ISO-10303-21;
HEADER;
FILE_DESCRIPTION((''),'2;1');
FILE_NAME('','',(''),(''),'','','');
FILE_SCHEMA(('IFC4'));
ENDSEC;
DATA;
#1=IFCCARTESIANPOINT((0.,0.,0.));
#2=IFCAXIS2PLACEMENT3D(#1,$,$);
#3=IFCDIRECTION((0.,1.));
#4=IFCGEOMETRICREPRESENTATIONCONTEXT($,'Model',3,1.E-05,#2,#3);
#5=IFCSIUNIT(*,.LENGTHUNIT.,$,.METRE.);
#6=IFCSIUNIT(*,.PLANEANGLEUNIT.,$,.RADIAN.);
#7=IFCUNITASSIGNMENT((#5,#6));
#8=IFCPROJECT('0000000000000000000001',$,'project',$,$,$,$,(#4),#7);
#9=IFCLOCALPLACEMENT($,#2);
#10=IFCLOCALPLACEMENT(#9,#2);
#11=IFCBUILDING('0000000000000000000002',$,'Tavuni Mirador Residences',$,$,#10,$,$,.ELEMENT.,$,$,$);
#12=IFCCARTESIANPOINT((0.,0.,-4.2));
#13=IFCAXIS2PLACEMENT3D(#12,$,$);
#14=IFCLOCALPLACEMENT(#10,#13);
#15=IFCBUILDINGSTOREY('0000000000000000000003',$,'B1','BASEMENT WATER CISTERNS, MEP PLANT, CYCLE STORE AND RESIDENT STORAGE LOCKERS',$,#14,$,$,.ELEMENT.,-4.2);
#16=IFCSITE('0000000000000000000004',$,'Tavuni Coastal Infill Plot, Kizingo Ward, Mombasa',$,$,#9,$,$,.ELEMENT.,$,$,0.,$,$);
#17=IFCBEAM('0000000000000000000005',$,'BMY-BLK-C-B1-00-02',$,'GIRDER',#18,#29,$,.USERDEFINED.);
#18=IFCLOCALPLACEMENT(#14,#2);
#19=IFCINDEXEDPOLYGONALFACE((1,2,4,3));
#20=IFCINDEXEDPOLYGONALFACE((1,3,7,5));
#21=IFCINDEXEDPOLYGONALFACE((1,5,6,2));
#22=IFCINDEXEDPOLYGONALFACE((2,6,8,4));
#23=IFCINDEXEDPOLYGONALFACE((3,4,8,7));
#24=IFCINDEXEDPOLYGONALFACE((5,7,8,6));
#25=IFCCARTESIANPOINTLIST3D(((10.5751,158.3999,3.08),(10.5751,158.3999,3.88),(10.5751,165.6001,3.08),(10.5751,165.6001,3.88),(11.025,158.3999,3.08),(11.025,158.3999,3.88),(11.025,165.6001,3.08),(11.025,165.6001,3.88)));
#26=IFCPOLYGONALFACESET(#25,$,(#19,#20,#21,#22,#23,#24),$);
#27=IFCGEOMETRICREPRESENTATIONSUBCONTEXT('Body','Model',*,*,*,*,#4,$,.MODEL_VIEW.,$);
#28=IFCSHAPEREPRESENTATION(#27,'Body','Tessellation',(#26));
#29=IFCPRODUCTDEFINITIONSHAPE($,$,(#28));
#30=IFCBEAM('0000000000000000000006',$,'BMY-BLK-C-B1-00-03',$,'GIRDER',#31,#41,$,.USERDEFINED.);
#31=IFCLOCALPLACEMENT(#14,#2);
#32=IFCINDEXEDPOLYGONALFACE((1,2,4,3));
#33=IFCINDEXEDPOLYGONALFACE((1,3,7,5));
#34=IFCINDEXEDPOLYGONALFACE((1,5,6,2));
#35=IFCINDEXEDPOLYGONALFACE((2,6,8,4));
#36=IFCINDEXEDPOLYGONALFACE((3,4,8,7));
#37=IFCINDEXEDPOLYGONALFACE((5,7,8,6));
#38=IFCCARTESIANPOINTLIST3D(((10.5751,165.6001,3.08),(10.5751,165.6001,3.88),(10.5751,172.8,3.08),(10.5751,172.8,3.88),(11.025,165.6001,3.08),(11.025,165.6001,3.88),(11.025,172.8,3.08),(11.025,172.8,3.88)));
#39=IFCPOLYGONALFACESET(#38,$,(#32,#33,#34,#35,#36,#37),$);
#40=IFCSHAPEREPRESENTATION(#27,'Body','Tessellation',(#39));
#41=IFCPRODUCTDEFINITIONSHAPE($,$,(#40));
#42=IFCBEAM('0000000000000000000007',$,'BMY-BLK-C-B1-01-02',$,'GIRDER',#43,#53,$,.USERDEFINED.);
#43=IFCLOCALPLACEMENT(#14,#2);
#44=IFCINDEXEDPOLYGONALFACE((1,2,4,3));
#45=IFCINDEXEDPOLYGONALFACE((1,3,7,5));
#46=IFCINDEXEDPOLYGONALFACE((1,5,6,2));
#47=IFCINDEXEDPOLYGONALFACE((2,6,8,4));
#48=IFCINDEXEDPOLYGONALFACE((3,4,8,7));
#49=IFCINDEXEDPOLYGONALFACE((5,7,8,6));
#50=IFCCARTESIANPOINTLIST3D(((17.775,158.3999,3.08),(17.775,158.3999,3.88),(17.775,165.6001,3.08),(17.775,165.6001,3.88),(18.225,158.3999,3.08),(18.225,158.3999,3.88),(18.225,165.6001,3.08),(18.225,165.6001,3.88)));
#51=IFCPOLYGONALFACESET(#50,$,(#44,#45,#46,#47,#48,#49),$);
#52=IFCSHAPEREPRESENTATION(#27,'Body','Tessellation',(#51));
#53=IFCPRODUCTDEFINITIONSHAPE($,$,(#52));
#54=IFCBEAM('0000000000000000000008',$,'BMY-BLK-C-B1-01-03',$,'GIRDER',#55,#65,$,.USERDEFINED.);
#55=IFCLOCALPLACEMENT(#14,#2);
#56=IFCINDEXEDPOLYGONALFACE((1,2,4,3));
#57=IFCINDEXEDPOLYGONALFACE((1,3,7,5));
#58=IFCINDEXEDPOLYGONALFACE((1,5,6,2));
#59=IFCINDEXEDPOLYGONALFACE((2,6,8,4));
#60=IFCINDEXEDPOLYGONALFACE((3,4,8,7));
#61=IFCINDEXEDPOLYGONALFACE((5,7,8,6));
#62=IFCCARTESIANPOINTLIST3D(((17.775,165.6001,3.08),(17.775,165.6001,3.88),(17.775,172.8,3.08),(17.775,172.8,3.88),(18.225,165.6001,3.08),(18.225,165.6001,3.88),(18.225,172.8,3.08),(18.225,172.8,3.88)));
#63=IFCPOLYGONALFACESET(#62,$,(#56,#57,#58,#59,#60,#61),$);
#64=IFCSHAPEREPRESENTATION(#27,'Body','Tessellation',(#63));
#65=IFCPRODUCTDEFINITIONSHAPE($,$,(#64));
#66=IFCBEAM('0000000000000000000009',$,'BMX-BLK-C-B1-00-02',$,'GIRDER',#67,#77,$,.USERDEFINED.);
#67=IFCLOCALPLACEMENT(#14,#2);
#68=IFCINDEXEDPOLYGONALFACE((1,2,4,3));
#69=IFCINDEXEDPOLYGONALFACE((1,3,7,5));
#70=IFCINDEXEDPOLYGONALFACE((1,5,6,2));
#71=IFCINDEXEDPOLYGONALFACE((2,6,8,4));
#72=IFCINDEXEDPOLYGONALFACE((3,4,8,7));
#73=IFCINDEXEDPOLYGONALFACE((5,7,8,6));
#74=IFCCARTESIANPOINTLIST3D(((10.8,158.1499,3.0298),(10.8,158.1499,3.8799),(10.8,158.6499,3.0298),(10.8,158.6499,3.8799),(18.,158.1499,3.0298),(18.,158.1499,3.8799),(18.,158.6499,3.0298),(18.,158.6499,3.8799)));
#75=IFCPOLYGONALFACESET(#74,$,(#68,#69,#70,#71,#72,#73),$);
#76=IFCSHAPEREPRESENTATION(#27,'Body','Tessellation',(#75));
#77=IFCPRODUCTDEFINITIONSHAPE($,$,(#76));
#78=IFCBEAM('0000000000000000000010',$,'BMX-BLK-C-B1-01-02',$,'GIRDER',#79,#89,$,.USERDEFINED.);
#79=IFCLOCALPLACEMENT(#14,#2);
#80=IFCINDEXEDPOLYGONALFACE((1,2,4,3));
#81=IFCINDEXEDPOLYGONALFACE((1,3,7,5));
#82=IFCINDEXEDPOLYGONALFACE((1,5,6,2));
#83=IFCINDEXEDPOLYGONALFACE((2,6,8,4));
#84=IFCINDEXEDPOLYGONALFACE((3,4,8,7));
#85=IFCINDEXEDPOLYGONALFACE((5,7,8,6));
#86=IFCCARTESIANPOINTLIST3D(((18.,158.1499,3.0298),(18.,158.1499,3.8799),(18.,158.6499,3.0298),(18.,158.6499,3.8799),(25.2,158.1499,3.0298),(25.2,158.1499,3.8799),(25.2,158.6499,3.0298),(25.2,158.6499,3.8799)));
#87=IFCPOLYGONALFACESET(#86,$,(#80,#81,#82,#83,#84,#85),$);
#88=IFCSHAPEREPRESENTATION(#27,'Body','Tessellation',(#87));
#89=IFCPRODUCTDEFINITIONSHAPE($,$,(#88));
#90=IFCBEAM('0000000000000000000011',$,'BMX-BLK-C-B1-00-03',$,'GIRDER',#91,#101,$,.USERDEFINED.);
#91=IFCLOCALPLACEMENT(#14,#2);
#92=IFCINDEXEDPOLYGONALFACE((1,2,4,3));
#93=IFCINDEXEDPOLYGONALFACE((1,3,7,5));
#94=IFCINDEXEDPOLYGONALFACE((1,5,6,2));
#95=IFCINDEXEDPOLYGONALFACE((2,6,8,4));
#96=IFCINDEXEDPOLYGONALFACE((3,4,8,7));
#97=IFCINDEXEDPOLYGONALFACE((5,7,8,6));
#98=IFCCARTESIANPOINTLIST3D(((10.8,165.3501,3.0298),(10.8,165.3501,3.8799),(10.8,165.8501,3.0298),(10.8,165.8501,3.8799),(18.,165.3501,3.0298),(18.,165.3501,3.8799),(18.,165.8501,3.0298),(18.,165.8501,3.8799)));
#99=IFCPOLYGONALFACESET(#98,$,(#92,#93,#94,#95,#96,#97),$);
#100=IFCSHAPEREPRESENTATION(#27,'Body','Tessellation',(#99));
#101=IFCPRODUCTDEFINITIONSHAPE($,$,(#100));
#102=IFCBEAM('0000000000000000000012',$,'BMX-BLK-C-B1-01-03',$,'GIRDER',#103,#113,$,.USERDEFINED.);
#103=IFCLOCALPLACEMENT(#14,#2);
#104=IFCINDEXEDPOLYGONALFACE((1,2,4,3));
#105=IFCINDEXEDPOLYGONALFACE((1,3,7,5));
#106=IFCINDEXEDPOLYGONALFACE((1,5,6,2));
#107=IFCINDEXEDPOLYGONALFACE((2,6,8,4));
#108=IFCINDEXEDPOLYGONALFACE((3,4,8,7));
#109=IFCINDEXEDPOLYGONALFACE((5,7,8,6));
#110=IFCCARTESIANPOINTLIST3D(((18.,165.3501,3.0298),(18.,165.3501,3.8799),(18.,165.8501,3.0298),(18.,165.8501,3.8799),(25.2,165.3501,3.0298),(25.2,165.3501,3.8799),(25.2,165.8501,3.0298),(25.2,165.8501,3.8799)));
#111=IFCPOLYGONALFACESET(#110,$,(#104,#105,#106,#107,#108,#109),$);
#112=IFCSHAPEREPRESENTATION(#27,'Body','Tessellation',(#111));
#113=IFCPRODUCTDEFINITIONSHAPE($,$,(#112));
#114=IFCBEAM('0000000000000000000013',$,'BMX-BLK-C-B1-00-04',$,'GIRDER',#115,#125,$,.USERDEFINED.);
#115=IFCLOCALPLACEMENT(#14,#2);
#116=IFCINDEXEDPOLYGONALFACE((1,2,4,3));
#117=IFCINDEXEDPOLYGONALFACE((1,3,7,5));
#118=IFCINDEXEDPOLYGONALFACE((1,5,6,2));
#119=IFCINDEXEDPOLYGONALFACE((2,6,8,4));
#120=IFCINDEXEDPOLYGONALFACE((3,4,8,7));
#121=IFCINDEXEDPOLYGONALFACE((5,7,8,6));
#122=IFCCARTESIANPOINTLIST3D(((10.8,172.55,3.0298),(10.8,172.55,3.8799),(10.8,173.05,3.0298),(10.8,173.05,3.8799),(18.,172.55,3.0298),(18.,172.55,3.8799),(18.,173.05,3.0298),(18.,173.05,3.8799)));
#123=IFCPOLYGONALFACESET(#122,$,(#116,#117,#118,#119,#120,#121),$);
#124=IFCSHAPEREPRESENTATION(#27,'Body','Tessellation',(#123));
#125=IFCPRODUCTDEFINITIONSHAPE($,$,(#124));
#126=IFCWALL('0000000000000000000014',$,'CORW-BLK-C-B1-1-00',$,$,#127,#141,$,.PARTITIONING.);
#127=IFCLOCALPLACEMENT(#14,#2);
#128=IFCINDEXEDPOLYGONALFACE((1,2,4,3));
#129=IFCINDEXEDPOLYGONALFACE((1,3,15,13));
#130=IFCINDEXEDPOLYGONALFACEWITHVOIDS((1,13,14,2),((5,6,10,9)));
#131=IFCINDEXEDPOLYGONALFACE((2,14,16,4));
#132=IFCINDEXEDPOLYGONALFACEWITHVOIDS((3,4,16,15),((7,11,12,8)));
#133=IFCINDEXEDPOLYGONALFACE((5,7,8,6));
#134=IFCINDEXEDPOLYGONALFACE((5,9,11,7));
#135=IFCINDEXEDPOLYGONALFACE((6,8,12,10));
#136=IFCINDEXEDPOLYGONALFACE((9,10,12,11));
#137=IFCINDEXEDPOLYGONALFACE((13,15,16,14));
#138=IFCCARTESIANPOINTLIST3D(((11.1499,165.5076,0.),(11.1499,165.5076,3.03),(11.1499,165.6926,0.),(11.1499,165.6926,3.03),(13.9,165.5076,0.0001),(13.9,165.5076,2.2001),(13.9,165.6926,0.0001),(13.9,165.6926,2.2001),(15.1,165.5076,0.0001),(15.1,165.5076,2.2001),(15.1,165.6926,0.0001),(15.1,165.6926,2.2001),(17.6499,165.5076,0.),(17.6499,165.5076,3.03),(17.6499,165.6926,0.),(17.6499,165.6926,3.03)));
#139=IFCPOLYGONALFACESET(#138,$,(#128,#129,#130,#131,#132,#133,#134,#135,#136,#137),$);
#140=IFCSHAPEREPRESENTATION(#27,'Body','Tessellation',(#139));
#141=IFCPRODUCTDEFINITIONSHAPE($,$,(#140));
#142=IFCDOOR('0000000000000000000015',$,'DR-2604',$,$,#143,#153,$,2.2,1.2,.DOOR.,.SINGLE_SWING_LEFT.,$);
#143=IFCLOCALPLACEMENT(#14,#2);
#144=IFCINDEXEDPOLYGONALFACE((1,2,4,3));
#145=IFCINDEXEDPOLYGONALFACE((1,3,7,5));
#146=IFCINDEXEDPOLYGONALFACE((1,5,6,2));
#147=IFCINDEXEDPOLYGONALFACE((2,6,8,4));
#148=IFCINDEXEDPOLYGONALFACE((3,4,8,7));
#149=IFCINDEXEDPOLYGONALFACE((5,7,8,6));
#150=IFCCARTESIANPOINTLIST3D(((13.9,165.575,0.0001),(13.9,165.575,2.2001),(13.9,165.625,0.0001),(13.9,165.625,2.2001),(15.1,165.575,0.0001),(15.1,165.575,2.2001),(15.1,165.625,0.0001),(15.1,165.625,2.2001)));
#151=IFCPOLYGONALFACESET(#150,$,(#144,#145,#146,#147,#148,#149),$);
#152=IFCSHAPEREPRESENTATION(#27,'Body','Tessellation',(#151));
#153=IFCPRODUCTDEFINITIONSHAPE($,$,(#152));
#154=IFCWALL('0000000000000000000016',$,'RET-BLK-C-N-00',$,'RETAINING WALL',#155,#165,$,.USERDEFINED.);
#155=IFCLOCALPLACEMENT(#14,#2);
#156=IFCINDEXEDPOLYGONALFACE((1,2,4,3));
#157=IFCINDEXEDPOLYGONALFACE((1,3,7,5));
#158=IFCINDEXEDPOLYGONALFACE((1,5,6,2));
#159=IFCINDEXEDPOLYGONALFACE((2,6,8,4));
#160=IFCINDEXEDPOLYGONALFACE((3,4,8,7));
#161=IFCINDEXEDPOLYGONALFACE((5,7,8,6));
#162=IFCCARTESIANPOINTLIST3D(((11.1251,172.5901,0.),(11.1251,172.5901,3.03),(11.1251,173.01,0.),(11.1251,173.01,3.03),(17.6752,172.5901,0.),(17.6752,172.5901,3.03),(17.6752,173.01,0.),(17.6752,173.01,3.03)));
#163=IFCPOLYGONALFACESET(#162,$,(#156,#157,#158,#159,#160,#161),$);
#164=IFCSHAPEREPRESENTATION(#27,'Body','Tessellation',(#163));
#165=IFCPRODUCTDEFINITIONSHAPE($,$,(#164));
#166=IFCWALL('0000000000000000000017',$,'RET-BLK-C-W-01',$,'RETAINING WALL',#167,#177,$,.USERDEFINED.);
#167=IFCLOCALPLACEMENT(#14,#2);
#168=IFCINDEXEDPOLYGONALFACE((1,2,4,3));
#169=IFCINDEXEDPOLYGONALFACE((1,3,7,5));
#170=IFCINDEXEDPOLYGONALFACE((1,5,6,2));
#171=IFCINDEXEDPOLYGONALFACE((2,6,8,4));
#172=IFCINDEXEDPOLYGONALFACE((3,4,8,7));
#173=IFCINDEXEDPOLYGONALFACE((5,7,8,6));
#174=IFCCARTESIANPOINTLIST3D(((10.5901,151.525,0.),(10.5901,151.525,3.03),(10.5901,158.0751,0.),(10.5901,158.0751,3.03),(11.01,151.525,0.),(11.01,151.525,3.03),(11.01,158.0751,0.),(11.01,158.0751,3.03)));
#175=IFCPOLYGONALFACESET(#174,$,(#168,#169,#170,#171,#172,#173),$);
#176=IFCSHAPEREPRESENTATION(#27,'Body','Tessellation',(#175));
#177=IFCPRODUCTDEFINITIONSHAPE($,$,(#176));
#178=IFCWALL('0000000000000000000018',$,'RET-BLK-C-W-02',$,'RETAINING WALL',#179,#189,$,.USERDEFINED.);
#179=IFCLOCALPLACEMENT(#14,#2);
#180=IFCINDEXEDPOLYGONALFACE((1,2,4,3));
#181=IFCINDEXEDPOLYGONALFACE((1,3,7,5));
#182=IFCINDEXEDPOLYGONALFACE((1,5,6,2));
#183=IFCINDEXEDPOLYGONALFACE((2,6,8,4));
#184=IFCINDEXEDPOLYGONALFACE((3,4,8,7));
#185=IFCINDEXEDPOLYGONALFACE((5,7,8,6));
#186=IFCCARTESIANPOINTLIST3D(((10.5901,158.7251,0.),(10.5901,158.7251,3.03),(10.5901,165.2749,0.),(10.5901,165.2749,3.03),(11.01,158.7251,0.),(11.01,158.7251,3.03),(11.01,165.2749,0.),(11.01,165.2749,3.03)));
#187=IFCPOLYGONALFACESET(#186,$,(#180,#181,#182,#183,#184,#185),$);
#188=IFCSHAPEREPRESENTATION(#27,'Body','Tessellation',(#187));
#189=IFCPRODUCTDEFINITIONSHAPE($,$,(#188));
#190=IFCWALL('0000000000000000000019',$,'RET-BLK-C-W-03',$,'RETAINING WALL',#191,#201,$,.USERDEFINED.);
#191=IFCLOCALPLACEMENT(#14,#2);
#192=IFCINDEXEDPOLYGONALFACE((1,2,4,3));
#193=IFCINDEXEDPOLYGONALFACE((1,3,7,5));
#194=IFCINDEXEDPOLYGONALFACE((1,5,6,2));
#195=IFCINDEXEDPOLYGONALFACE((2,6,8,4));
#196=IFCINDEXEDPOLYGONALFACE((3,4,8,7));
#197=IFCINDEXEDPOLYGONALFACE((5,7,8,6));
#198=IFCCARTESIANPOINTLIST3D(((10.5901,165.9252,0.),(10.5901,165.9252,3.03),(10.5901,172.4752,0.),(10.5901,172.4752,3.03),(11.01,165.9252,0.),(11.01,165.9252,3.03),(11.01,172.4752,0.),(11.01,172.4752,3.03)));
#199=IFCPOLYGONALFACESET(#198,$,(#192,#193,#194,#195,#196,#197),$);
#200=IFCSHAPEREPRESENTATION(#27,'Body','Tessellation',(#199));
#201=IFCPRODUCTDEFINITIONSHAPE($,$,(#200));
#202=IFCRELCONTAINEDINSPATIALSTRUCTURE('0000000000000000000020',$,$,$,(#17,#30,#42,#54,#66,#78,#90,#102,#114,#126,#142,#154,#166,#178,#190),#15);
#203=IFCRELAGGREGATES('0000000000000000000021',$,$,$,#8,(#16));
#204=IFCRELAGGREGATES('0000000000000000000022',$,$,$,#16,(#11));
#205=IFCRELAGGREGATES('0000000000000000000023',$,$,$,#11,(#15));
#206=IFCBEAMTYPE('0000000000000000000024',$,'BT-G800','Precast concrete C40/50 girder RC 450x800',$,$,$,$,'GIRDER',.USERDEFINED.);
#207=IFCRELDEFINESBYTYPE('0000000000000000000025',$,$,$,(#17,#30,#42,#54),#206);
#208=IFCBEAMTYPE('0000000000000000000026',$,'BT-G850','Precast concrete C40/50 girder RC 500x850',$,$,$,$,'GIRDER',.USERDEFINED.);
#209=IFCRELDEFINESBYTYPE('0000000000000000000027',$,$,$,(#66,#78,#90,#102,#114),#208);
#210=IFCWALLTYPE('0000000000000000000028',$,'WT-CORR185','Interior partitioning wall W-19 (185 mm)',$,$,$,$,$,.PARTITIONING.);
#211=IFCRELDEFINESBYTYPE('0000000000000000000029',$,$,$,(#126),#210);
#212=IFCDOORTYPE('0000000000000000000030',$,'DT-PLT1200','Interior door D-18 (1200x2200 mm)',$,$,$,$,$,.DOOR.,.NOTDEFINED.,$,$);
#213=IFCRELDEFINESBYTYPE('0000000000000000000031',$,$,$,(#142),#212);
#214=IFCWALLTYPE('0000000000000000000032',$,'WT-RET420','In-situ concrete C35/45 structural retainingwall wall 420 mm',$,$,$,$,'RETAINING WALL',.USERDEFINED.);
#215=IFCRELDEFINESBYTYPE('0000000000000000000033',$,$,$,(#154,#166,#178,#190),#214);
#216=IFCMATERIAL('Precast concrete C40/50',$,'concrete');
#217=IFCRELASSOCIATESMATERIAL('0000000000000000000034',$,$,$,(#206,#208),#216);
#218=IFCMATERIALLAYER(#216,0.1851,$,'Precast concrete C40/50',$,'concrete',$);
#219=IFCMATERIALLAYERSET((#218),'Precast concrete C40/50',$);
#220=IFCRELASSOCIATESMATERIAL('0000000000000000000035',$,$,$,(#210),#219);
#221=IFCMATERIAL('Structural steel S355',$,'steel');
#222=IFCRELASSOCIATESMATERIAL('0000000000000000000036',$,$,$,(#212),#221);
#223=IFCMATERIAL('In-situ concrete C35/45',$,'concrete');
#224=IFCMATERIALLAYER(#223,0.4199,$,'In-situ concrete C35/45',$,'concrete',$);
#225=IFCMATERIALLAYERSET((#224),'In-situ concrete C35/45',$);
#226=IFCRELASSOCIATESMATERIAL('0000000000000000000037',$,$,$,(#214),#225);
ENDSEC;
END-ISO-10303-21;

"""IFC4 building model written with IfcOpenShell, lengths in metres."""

from ifc_helpers import new_model, si_unit, direction, frame, frame_2d, origin, origin_2d, place, context, subcontext, project, spatial, rectangle, extrude, material, layer, layer_set, material_profile, profile_set, type_object, element, fill, save


model = new_model("IFC4")

# Units and contexts
model_context = context("Model", 3, precision=1e-05, world=origin(), true_north=direction((0.0, 1.0)))
body_context = subcontext(model_context, "Body", "Model", "MODEL_VIEW")
ifc_project = project(units=[si_unit("LENGTHUNIT", "METRE"), si_unit("PLANEANGLEUNIT", "RADIAN")], contexts=[model_context])

# Site, building, storey
site_placement = place(None, origin())
site = spatial("IfcSite", under=ifc_project, at=site_placement, Name="Tavuni Coastal Infill Plot, Kizingo Ward, Mombasa", CompositionType="ELEMENT", RefElevation=0.0)
building_placement = place(site_placement, origin())
building = spatial("IfcBuilding", under=site, at=building_placement, Name="Tavuni Mirador Residences", CompositionType="ELEMENT")
storey_placement = place(building_placement, frame((0.0, 0.0, -4.2)))
storey = spatial("IfcBuildingStorey", under=building, at=storey_placement, Name="B1", Description="BASEMENT WATER CISTERNS, MEP PLANT, CYCLE STORE AND RESIDENT STORAGE LOCKERS", CompositionType="ELEMENT", Elevation=-4.2)

# Shared definitions
ifc_material_1 = material(Name="In-situ concrete C35/45", Category="concrete")

# Beams
ifc_material_2 = material(Name="Precast concrete C40/50", Category="concrete")
ifc_material_profile_1 = material_profile(ifc_material_2, rectangle(XDim=0.45, YDim=0.8, at=origin_2d()), Name="RC 450x800", Category="concrete")
ifc_profile_set_1 = profile_set([ifc_material_profile_1], Name="Precast concrete C40/50")
beam_type_1 = type_object("IfcBeamType", Name="BT-G800", Description="Precast concrete C40/50 girder RC 450x800", ElementType="GIRDER", PredefinedType="USERDEFINED", material=ifc_profile_set_1)
beam_1_placement = place(storey_placement, frame((10.8, 158.3999, 3.48), z_axis=(0.0, 1.0, 0.0), x_axis=(-1.0, 0.0, 0.0)))
element("IfcBeam", 1, at=beam_1_placement, inside=storey, type_object=beam_type_1, Name="BMY-BLK-C-B1-00-02", ObjectType="GIRDER", PredefinedType="USERDEFINED", context=body_context, shape_type="SweptSolid", body=[
    extrude(rectangle(XDim=0.45, YDim=0.8, at=origin_2d()), origin(), (0.0, 0.0, 1.0), 7.2002),
])
beam_2_placement = place(storey_placement, frame((10.8, 165.6001, 3.48), z_axis=(0.0, 1.0, 0.0), x_axis=(-1.0, 0.0, 0.0)))
element("IfcBeam", 2, at=beam_2_placement, inside=storey, type_object=beam_type_1, Name="BMY-BLK-C-B1-00-03", ObjectType="GIRDER", PredefinedType="USERDEFINED", context=body_context, shape_type="SweptSolid", body=[
    extrude(rectangle(XDim=0.45, YDim=0.8, at=origin_2d()), origin(), (0.0, 0.0, 1.0), 7.2),
])
beam_3_placement = place(storey_placement, frame((18.0, 158.3999, 3.48), z_axis=(0.0, 1.0, 0.0), x_axis=(-1.0, 0.0, 0.0)))
element("IfcBeam", 3, at=beam_3_placement, inside=storey, type_object=beam_type_1, Name="BMY-BLK-C-B1-01-02", ObjectType="GIRDER", PredefinedType="USERDEFINED", context=body_context, shape_type="SweptSolid", body=[
    extrude(rectangle(XDim=0.45, YDim=0.8, at=origin_2d()), origin(), (0.0, 0.0, 1.0), 7.2002),
])
beam_4_placement = place(storey_placement, frame((18.0, 165.6001, 3.48), z_axis=(0.0, 1.0, 0.0), x_axis=(-1.0, 0.0, 0.0)))
element("IfcBeam", 4, at=beam_4_placement, inside=storey, type_object=beam_type_1, Name="BMY-BLK-C-B1-01-03", ObjectType="GIRDER", PredefinedType="USERDEFINED", context=body_context, shape_type="SweptSolid", body=[
    extrude(rectangle(XDim=0.45, YDim=0.8, at=origin_2d()), origin(), (0.0, 0.0, 1.0), 7.2),
])
ifc_material_profile_2 = material_profile(ifc_material_2, rectangle(XDim=0.5, YDim=0.8501, at=origin_2d()), Name="RC 500x850", Category="concrete")
ifc_profile_set_2 = profile_set([ifc_material_profile_2], Name="Precast concrete C40/50")
beam_type_2 = type_object("IfcBeamType", Name="BT-G850", Description="Precast concrete C40/50 girder RC 500x850", ElementType="GIRDER", PredefinedType="USERDEFINED", material=ifc_profile_set_2)
for number, where, z_axis, x_axis, name in (
    (5, (10.8, 158.3999, 3.4548), (1.0, 0.0, 0.0), (0.0, 1.0, 0.0), "BMX-BLK-C-B1-00-02"),
    (6, (18.0, 158.3999, 3.4548), (1.0, 0.0, 0.0), (0.0, 1.0, 0.0), "BMX-BLK-C-B1-01-02"),
    (7, (10.8, 165.6001, 3.4548), (1.0, 0.0, 0.0), (0.0, 1.0, 0.0), "BMX-BLK-C-B1-00-03"),
    (8, (18.0, 165.6001, 3.4548), (1.0, 0.0, 0.0), (0.0, 1.0, 0.0), "BMX-BLK-C-B1-01-03"),
    (9, (10.8, 172.8, 3.4548), (1.0, 0.0, 0.0), (0.0, 1.0, 0.0), "BMX-BLK-C-B1-00-04"),
):
    element("IfcBeam", number, at=place(storey_placement, frame(where, z_axis=z_axis, x_axis=x_axis)), inside=storey, type_object=beam_type_2, Name=name, ObjectType="GIRDER", PredefinedType="USERDEFINED", context=body_context, shape_type="SweptSolid", body=[
        extrude(rectangle(XDim=0.5, YDim=0.8501, at=origin_2d()), origin(), (0.0, 0.0, 1.0), 7.2),
    ])

# Wall, opening, door
ifc_layer_1 = layer(ifc_material_2, 0.1851, Name="Precast concrete C40/50", Category="concrete")
ifc_layer_set_1 = layer_set([ifc_layer_1], Name="Precast concrete C40/50")
wall_type_1 = type_object("IfcWallType", Name="WT-CORR185", Description="Interior partitioning wall W-19 (185 mm)", PredefinedType="PARTITIONING", material=ifc_layer_set_1)
wall_1_placement = place(storey_placement, frame((11.1499, 165.6001, 0.0), z_axis=(0.0, 0.0, 1.0), x_axis=(1.0, 0.0, 0.0)))
wall_1 = element("IfcWall", 10, at=wall_1_placement, inside=storey, type_object=wall_type_1, Name="CORW-BLK-C-B1-1-00", PredefinedType="PARTITIONING", context=body_context, shape_type="SweptSolid", body=[
    extrude(rectangle(XDim=6.5, YDim=0.1851, at=frame_2d((3.25, 0.0))), origin(), (0.0, 0.0, 1.0), 3.03),
])
opening_placement = place(wall_1_placement, frame((2.75, 0.0, 0.0)))
opening = element("IfcOpeningElement", 11, at=opening_placement, cuts=wall_1, PredefinedType="OPENING", context=body_context, shape_type="SweptSolid", body=[
    extrude(rectangle(XDim=1.2, YDim=2.2, at=frame_2d((0.6001, 1.1001))), frame((0.0, 0.1025, 0.0), z_axis=(0.0, -1.0, 0.0), x_axis=(1.0, 0.0, 0.0)), (0.0, 0.0, 1.0), 0.2051),
])
ifc_material_3 = material(Name="Structural steel S355", Category="steel")
door_type = type_object("IfcDoorType", Name="DT-PLT1200", Description="Interior door D-18 (1200x2200 mm)", OperationType="NOTDEFINED", PredefinedType="DOOR", material=ifc_material_3)
door_placement = place(opening_placement, origin())
door = element("IfcDoor", 12, at=door_placement, inside=storey, type_object=door_type, Name="DR-2604", OperationType="SINGLE_SWING_LEFT", OverallHeight=2.2, OverallWidth=1.2, PredefinedType="DOOR", context=body_context, shape_type="SweptSolid", body=[
    extrude(rectangle(XDim=1.2, YDim=2.2, at=frame_2d((0.6001, 1.1001))), frame((0.0, 0.0249, 0.0), z_axis=(0.0, -1.0, 0.0), x_axis=(1.0, 0.0, 0.0)), (0.0, 0.0, 1.0), 0.05),
])
fill(opening, door)

# Walls
ifc_layer_2 = layer(ifc_material_1, 0.4199, Name="In-situ concrete C35/45", Category="concrete")
ifc_layer_set_2 = layer_set([ifc_layer_2], Name="In-situ concrete C35/45")
wall_type_2 = type_object("IfcWallType", Name="WT-RET420", Description="In-situ concrete C35/45 structural retainingwall wall 420 mm", ElementType="RETAINING WALL", PredefinedType="USERDEFINED", material=ifc_layer_set_2)
for number, where, z_axis, x_axis, name in (
    (13, (17.675, 172.8, 0.0), (0.0, 0.0, 1.0), (-1.0, 0.0, 0.0), "RET-BLK-C-N-00"),
    (14, (10.8, 158.075, 0.0), (0.0, 0.0, 1.0), (0.0, -1.0, 0.0), "RET-BLK-C-W-01"),
):
    element("IfcWall", number, at=place(storey_placement, frame(where, z_axis=z_axis, x_axis=x_axis)), inside=storey, type_object=wall_type_2, Name=name, ObjectType="RETAINING WALL", PredefinedType="USERDEFINED", context=body_context, shape_type="SweptSolid", body=[
        extrude(rectangle(XDim=6.55, YDim=0.4199, at=frame_2d((3.2749, 0.0))), origin(), (0.0, 0.0, 1.0), 3.03),
    ])
wall_2_placement = place(storey_placement, frame((10.8, 165.2749, 0.0), z_axis=(0.0, 0.0, 1.0), x_axis=(0.0, -1.0, 0.0)))
element("IfcWall", 15, at=wall_2_placement, inside=storey, type_object=wall_type_2, Name="RET-BLK-C-W-02", ObjectType="RETAINING WALL", PredefinedType="USERDEFINED", context=body_context, shape_type="SweptSolid", body=[
    extrude(rectangle(XDim=6.5498, YDim=0.4199, at=frame_2d((3.2749, 0.0))), origin(), (0.0, 0.0, 1.0), 3.03),
])
wall_3_placement = place(storey_placement, frame((10.8, 172.4751, 0.0), z_axis=(0.0, 0.0, 1.0), x_axis=(0.0, -1.0, 0.0)))
element("IfcWall", 16, at=wall_3_placement, inside=storey, type_object=wall_type_2, Name="RET-BLK-C-W-03", ObjectType="RETAINING WALL", PredefinedType="USERDEFINED", context=body_context, shape_type="SweptSolid", body=[
    extrude(rectangle(XDim=6.55, YDim=0.4199, at=frame_2d((3.2749, 0.0))), origin(), (0.0, 0.0, 1.0), 3.03),
])

save(model, "model.ifc")
